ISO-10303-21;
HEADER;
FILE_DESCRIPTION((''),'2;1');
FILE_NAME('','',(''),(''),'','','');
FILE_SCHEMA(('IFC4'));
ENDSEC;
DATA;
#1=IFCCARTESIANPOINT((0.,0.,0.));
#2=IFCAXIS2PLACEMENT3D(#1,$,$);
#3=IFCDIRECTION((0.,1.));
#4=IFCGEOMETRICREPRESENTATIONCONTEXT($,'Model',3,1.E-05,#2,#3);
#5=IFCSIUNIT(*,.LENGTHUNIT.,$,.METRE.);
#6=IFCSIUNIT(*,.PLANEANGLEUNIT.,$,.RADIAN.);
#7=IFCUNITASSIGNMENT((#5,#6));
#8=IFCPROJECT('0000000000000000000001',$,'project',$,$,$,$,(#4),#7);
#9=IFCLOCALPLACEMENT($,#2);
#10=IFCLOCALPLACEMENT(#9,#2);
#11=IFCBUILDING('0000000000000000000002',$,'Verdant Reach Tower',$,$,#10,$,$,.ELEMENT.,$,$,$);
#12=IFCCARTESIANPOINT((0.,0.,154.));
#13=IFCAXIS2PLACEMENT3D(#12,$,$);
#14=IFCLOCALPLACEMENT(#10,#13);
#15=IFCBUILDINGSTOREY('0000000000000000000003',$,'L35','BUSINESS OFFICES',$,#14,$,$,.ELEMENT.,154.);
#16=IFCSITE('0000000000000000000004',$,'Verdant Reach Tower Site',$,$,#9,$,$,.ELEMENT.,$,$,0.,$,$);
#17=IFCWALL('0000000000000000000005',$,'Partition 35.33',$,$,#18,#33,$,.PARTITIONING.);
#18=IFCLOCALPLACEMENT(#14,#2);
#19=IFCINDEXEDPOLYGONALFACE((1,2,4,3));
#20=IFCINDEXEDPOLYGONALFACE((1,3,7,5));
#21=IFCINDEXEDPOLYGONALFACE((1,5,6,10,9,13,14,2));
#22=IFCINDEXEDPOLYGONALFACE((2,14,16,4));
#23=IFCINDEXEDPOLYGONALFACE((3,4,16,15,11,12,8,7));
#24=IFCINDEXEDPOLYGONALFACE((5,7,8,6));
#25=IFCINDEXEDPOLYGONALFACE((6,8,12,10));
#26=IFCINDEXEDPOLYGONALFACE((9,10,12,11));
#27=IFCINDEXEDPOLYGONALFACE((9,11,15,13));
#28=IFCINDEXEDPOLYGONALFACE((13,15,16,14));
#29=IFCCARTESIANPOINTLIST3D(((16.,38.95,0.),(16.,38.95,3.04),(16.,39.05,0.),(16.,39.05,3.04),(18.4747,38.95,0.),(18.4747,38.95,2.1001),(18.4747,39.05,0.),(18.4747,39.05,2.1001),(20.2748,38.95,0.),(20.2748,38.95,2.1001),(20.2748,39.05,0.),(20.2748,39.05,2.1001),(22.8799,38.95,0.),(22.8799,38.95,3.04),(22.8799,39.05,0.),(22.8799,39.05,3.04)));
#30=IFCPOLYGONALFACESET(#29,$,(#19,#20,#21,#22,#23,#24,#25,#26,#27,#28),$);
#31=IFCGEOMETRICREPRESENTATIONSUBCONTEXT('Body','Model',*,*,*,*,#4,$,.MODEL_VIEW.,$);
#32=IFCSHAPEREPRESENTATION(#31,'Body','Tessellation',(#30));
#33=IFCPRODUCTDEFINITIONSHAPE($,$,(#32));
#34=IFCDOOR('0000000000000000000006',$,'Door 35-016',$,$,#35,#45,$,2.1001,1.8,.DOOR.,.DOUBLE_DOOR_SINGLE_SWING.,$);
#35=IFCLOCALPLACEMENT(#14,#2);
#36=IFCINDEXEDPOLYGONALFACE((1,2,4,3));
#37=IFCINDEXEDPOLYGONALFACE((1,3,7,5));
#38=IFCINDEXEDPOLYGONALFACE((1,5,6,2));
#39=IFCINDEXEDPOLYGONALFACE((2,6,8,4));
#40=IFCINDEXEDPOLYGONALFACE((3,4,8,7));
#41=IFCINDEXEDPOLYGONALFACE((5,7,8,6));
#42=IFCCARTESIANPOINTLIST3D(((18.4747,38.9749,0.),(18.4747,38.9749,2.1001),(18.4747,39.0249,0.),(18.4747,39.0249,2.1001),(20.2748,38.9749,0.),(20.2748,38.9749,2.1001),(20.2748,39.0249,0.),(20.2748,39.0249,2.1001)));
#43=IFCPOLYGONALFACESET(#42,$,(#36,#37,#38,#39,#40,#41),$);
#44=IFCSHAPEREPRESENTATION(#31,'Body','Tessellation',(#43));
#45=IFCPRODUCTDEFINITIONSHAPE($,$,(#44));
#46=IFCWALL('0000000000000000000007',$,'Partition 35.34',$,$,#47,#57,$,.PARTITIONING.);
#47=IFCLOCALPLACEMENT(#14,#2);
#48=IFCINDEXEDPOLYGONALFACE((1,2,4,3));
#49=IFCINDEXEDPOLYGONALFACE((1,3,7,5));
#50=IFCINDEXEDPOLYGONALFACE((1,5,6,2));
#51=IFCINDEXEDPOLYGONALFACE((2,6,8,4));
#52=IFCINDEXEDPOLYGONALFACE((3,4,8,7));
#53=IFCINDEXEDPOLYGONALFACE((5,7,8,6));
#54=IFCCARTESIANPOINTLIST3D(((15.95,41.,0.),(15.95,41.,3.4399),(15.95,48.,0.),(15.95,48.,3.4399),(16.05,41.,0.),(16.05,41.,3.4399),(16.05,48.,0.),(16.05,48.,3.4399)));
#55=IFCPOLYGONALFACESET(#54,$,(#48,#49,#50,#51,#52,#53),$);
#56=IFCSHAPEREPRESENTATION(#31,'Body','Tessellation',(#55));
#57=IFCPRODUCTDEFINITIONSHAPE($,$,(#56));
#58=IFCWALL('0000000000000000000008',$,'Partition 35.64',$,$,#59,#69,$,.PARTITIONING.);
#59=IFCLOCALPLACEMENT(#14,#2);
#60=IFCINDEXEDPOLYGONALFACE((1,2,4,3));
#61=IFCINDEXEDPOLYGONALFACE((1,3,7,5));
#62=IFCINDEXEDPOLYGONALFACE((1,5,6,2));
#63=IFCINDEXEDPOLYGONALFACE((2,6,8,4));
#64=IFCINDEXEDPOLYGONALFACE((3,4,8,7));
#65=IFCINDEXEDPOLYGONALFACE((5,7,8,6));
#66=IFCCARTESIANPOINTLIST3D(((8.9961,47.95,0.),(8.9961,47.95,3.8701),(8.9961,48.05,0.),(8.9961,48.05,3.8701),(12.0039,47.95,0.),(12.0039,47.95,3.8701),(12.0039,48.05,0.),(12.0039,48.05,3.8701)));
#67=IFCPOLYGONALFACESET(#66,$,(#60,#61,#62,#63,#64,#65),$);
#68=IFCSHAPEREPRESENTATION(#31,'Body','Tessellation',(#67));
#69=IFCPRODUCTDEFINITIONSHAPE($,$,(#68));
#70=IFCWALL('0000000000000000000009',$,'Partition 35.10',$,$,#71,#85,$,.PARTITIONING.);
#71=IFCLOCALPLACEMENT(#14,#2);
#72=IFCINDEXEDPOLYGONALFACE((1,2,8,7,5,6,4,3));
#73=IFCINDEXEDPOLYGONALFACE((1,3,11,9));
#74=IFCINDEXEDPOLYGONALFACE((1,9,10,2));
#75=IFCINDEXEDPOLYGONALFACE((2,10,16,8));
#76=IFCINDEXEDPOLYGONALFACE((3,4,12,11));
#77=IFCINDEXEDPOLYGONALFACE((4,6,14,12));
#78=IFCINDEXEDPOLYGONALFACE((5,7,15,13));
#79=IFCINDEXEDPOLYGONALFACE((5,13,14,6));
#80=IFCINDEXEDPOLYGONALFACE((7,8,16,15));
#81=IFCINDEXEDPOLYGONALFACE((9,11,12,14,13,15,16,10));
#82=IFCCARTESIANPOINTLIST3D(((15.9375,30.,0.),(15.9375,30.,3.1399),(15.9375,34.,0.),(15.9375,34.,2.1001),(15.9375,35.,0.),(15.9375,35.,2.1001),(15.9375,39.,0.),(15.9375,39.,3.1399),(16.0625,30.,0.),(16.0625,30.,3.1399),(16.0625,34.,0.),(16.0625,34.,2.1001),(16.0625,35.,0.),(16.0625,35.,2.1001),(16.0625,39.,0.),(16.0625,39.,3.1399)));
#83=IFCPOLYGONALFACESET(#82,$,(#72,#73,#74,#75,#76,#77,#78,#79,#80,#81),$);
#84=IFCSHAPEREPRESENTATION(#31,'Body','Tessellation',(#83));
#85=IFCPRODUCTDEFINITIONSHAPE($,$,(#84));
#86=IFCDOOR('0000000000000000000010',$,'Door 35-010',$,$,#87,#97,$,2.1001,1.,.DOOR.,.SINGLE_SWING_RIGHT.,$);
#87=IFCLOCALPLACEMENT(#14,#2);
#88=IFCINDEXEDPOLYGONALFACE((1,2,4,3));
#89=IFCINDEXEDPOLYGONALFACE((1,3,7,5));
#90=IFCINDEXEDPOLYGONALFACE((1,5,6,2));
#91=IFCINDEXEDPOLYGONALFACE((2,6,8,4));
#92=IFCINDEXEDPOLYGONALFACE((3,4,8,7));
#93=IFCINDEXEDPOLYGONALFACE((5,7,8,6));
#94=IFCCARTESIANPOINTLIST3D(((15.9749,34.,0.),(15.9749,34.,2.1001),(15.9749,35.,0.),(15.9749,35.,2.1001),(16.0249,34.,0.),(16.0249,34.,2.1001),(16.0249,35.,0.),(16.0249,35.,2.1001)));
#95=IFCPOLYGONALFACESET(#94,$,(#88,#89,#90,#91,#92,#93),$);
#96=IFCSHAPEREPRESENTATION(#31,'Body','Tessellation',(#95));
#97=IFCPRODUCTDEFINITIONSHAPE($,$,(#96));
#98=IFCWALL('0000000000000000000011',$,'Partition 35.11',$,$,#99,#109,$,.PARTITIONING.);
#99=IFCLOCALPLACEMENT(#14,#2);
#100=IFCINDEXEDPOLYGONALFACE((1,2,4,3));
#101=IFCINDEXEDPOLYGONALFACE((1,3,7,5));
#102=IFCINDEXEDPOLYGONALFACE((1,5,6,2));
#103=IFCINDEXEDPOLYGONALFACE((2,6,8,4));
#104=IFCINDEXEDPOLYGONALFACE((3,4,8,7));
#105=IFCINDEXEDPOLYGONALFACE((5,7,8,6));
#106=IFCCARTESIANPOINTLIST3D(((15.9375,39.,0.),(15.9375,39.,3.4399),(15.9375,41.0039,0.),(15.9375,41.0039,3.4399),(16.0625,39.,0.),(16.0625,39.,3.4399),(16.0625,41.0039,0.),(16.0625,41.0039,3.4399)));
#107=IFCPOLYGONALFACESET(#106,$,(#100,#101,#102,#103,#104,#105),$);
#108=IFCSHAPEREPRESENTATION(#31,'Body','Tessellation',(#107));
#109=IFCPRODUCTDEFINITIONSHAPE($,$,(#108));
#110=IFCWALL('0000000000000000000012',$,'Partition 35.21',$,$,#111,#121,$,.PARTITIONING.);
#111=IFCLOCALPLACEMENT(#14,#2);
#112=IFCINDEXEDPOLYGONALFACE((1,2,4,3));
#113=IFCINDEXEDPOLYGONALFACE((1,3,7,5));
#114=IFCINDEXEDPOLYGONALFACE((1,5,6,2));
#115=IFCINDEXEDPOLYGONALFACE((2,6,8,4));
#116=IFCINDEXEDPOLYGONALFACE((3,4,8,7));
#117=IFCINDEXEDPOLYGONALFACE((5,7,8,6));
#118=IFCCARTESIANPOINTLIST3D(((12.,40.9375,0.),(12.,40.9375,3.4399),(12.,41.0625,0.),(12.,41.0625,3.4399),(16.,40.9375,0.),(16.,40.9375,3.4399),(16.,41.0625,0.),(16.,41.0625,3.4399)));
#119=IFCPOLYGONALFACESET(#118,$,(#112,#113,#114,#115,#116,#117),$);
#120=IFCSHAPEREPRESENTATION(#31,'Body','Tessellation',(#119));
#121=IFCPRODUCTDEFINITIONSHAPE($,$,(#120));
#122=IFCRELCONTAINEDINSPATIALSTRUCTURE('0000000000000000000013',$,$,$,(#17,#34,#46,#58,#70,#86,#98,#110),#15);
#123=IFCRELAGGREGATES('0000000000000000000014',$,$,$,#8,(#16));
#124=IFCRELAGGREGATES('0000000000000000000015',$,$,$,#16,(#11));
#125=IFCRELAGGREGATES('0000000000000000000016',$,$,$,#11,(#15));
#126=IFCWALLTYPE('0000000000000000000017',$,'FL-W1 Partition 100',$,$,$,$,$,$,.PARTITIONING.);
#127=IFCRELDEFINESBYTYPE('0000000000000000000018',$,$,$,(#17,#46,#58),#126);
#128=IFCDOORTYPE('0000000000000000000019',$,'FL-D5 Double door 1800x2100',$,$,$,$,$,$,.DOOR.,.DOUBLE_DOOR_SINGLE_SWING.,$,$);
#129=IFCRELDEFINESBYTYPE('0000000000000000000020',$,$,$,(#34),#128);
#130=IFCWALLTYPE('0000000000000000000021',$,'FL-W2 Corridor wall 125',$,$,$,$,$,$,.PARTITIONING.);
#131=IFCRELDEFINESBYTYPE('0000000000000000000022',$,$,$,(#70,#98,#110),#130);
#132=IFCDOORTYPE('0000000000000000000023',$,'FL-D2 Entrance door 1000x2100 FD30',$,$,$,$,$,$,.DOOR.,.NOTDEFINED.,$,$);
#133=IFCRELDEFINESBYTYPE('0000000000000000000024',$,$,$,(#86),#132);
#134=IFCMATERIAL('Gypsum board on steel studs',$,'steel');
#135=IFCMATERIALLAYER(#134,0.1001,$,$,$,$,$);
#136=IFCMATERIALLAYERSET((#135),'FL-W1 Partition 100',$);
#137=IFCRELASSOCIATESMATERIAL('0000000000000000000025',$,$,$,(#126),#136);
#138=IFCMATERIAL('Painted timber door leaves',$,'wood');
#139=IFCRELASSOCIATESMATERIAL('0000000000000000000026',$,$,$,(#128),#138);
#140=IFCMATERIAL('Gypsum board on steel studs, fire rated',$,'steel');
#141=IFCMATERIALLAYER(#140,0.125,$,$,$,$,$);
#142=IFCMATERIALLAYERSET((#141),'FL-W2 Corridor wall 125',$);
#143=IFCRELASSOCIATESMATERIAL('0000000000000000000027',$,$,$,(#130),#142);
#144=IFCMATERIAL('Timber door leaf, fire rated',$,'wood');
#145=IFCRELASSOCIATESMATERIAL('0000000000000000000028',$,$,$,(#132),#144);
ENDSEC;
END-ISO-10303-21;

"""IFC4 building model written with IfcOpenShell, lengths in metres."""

from ifc_helpers import new_model, si_unit, direction, frame, frame_2d, origin, place, context, subcontext, project, spatial, rectangle, extrude, material, layer, layer_set, type_object, element, fill, save


model = new_model("IFC4")

# Units and contexts
model_context = context("Model", 3, precision=1e-05, world=origin(), true_north=direction((0.0, 1.0)))
body_context = subcontext(model_context, "Body", "Model", "MODEL_VIEW")
ifc_project = project(units=[si_unit("LENGTHUNIT", "METRE"), si_unit("PLANEANGLEUNIT", "RADIAN")], contexts=[model_context])

# Site, building, storey
site_placement = place(None, origin())
site = spatial("IfcSite", under=ifc_project, at=site_placement, Name="Verdant Reach Tower Site", CompositionType="ELEMENT", RefElevation=0.0)
building_placement = place(site_placement, origin())
building = spatial("IfcBuilding", under=site, at=building_placement, Name="Verdant Reach Tower", CompositionType="ELEMENT")
storey_placement = place(building_placement, frame((0.0, 0.0, 154.0)))
storey = spatial("IfcBuildingStorey", under=building, at=storey_placement, Name="L35", Description="BUSINESS OFFICES", CompositionType="ELEMENT", Elevation=154.0)

# Wall, opening, door
ifc_material_1 = material(Name="Gypsum board on steel studs", Category="steel")
ifc_layer_1 = layer(ifc_material_1, 0.1001)
ifc_layer_set_1 = layer_set([ifc_layer_1], Name="FL-W1 Partition 100")
wall_type_1 = type_object("IfcWallType", Name="FL-W1 Partition 100", PredefinedType="PARTITIONING", material=ifc_layer_set_1)
wall_1_placement = place(storey_placement, frame((16.0, 39.0, 0.0), z_axis=(0.0, 0.0, 1.0), x_axis=(1.0, 0.0, 0.0)))
wall_1 = element("IfcWall", 1, at=wall_1_placement, inside=storey, type_object=wall_type_1, Name="Partition 35.33", PredefinedType="PARTITIONING", context=body_context, shape_type="SweptSolid", body=[
    extrude(rectangle(XDim=6.8799, YDim=0.1001, at=frame_2d((3.4399, 0.0))), origin(), (0.0, 0.0, 1.0), 3.04),
])
opening_1_placement = place(wall_1_placement, frame((2.4749, 0.0, 0.0)))
opening_1 = element("IfcOpeningElement", 2, at=opening_1_placement, cuts=wall_1, PredefinedType="OPENING", context=body_context, shape_type="SweptSolid", body=[
    extrude(rectangle(XDim=1.8, YDim=2.1001, at=frame_2d((0.8999, 1.05))), frame((0.0, 0.0601, 0.0), z_axis=(0.0, -1.0, 0.0), x_axis=(1.0, 0.0, 0.0)), (0.0, 0.0, 1.0), 0.1201),
])
ifc_material_2 = material(Name="Painted timber door leaves", Category="wood")
door_type_1 = type_object("IfcDoorType", Name="FL-D5 Double door 1800x2100", OperationType="DOUBLE_DOOR_SINGLE_SWING", PredefinedType="DOOR", material=ifc_material_2)
door_1_placement = place(opening_1_placement, origin())
door_1 = element("IfcDoor", 3, at=door_1_placement, inside=storey, type_object=door_type_1, Name="Door 35-016", OperationType="DOUBLE_DOOR_SINGLE_SWING", OverallHeight=2.1001, OverallWidth=1.8, PredefinedType="DOOR", context=body_context, shape_type="SweptSolid", body=[
    extrude(rectangle(XDim=1.8, YDim=2.1001, at=frame_2d((0.8999, 1.05))), frame((0.0, 0.0249, 0.0), z_axis=(0.0, -1.0, 0.0), x_axis=(1.0, 0.0, 0.0)), (0.0, 0.0, 1.0), 0.05),
])
fill(opening_1, door_1)

# Walls
wall_2_placement = place(storey_placement, frame((16.0, 48.0, 0.0), z_axis=(0.0, 0.0, 1.0), x_axis=(0.0, -1.0, 0.0)))
element("IfcWall", 4, at=wall_2_placement, inside=storey, type_object=wall_type_1, Name="Partition 35.34", PredefinedType="PARTITIONING", context=body_context, shape_type="SweptSolid", body=[
    extrude(rectangle(XDim=7.0, YDim=0.1001, at=frame_2d((3.5, 0.0))), origin(), (0.0, 0.0, 1.0), 3.4399),
])
wall_3_placement = place(storey_placement, frame((12.0039, 48.0, 0.0), z_axis=(0.0, 0.0, 1.0), x_axis=(-1.0, 0.0, 0.0)))
element("IfcWall", 5, at=wall_3_placement, inside=storey, type_object=wall_type_1, Name="Partition 35.64", PredefinedType="PARTITIONING", context=body_context, shape_type="SweptSolid", body=[
    extrude(rectangle(XDim=3.0078, YDim=0.1001, at=frame_2d((1.5039, 0.0))), origin(), (0.0, 0.0, 1.0), 3.8701),
])

# Wall, opening, door
ifc_material_3 = material(Name="Gypsum board on steel studs, fire rated", Category="steel")
ifc_layer_2 = layer(ifc_material_3, 0.125)
ifc_layer_set_2 = layer_set([ifc_layer_2], Name="FL-W2 Corridor wall 125")
wall_type_2 = type_object("IfcWallType", Name="FL-W2 Corridor wall 125", PredefinedType="PARTITIONING", material=ifc_layer_set_2)
wall_4_placement = place(storey_placement, frame((16.0, 39.0, 0.0), z_axis=(0.0, 0.0, 1.0), x_axis=(0.0, -1.0, 0.0)))
wall_4 = element("IfcWall", 6, at=wall_4_placement, inside=storey, type_object=wall_type_2, Name="Partition 35.10", PredefinedType="PARTITIONING", context=body_context, shape_type="SweptSolid", body=[
    extrude(rectangle(XDim=9.0, YDim=0.125, at=frame_2d((4.5, 0.0))), origin(), (0.0, 0.0, 1.0), 3.1399),
])
opening_2_placement = place(wall_4_placement, frame((4.0, 0.0, 0.0)))
opening_2 = element("IfcOpeningElement", 7, at=opening_2_placement, cuts=wall_4, PredefinedType="OPENING", context=body_context, shape_type="SweptSolid", body=[
    extrude(rectangle(XDim=1.0, YDim=2.1001, at=frame_2d((0.5, 1.05))), frame((0.0, 0.0725, 0.0), z_axis=(0.0, -1.0, 0.0), x_axis=(1.0, 0.0, 0.0)), (0.0, 0.0, 1.0), 0.145),
])
ifc_material_4 = material(Name="Timber door leaf, fire rated", Category="wood")
door_type_2 = type_object("IfcDoorType", Name="FL-D2 Entrance door 1000x2100 FD30", OperationType="NOTDEFINED", PredefinedType="DOOR", material=ifc_material_4)
door_2_placement = place(opening_2_placement, origin())
door_2 = element("IfcDoor", 8, at=door_2_placement, inside=storey, type_object=door_type_2, Name="Door 35-010", OperationType="SINGLE_SWING_RIGHT", OverallHeight=2.1001, OverallWidth=1.0, PredefinedType="DOOR", context=body_context, shape_type="SweptSolid", body=[
    extrude(rectangle(XDim=1.0, YDim=2.1001, at=frame_2d((0.5, 1.05))), frame((0.0, 0.0249, 0.0), z_axis=(0.0, -1.0, 0.0), x_axis=(1.0, 0.0, 0.0)), (0.0, 0.0, 1.0), 0.05),
])
fill(opening_2, door_2)

# Walls
wall_5_placement = place(storey_placement, frame((16.0, 39.0, 0.0), z_axis=(0.0, 0.0, 1.0), x_axis=(0.0, 1.0, 0.0)))
element("IfcWall", 9, at=wall_5_placement, inside=storey, type_object=wall_type_2, Name="Partition 35.11", PredefinedType="PARTITIONING", context=body_context, shape_type="SweptSolid", body=[
    extrude(rectangle(XDim=2.0039, YDim=0.125, at=frame_2d((1.002, 0.0))), origin(), (0.0, 0.0, 1.0), 3.4399),
])
wall_6_placement = place(storey_placement, frame((16.0, 41.0, 0.0), z_axis=(0.0, 0.0, 1.0), x_axis=(-1.0, 0.0, 0.0)))
element("IfcWall", 10, at=wall_6_placement, inside=storey, type_object=wall_type_2, Name="Partition 35.21", PredefinedType="PARTITIONING", context=body_context, shape_type="SweptSolid", body=[
    extrude(rectangle(XDim=4.0, YDim=0.125, at=frame_2d((2.0, 0.0))), origin(), (0.0, 0.0, 1.0), 3.4399),
])

save(model, "model.ifc")
